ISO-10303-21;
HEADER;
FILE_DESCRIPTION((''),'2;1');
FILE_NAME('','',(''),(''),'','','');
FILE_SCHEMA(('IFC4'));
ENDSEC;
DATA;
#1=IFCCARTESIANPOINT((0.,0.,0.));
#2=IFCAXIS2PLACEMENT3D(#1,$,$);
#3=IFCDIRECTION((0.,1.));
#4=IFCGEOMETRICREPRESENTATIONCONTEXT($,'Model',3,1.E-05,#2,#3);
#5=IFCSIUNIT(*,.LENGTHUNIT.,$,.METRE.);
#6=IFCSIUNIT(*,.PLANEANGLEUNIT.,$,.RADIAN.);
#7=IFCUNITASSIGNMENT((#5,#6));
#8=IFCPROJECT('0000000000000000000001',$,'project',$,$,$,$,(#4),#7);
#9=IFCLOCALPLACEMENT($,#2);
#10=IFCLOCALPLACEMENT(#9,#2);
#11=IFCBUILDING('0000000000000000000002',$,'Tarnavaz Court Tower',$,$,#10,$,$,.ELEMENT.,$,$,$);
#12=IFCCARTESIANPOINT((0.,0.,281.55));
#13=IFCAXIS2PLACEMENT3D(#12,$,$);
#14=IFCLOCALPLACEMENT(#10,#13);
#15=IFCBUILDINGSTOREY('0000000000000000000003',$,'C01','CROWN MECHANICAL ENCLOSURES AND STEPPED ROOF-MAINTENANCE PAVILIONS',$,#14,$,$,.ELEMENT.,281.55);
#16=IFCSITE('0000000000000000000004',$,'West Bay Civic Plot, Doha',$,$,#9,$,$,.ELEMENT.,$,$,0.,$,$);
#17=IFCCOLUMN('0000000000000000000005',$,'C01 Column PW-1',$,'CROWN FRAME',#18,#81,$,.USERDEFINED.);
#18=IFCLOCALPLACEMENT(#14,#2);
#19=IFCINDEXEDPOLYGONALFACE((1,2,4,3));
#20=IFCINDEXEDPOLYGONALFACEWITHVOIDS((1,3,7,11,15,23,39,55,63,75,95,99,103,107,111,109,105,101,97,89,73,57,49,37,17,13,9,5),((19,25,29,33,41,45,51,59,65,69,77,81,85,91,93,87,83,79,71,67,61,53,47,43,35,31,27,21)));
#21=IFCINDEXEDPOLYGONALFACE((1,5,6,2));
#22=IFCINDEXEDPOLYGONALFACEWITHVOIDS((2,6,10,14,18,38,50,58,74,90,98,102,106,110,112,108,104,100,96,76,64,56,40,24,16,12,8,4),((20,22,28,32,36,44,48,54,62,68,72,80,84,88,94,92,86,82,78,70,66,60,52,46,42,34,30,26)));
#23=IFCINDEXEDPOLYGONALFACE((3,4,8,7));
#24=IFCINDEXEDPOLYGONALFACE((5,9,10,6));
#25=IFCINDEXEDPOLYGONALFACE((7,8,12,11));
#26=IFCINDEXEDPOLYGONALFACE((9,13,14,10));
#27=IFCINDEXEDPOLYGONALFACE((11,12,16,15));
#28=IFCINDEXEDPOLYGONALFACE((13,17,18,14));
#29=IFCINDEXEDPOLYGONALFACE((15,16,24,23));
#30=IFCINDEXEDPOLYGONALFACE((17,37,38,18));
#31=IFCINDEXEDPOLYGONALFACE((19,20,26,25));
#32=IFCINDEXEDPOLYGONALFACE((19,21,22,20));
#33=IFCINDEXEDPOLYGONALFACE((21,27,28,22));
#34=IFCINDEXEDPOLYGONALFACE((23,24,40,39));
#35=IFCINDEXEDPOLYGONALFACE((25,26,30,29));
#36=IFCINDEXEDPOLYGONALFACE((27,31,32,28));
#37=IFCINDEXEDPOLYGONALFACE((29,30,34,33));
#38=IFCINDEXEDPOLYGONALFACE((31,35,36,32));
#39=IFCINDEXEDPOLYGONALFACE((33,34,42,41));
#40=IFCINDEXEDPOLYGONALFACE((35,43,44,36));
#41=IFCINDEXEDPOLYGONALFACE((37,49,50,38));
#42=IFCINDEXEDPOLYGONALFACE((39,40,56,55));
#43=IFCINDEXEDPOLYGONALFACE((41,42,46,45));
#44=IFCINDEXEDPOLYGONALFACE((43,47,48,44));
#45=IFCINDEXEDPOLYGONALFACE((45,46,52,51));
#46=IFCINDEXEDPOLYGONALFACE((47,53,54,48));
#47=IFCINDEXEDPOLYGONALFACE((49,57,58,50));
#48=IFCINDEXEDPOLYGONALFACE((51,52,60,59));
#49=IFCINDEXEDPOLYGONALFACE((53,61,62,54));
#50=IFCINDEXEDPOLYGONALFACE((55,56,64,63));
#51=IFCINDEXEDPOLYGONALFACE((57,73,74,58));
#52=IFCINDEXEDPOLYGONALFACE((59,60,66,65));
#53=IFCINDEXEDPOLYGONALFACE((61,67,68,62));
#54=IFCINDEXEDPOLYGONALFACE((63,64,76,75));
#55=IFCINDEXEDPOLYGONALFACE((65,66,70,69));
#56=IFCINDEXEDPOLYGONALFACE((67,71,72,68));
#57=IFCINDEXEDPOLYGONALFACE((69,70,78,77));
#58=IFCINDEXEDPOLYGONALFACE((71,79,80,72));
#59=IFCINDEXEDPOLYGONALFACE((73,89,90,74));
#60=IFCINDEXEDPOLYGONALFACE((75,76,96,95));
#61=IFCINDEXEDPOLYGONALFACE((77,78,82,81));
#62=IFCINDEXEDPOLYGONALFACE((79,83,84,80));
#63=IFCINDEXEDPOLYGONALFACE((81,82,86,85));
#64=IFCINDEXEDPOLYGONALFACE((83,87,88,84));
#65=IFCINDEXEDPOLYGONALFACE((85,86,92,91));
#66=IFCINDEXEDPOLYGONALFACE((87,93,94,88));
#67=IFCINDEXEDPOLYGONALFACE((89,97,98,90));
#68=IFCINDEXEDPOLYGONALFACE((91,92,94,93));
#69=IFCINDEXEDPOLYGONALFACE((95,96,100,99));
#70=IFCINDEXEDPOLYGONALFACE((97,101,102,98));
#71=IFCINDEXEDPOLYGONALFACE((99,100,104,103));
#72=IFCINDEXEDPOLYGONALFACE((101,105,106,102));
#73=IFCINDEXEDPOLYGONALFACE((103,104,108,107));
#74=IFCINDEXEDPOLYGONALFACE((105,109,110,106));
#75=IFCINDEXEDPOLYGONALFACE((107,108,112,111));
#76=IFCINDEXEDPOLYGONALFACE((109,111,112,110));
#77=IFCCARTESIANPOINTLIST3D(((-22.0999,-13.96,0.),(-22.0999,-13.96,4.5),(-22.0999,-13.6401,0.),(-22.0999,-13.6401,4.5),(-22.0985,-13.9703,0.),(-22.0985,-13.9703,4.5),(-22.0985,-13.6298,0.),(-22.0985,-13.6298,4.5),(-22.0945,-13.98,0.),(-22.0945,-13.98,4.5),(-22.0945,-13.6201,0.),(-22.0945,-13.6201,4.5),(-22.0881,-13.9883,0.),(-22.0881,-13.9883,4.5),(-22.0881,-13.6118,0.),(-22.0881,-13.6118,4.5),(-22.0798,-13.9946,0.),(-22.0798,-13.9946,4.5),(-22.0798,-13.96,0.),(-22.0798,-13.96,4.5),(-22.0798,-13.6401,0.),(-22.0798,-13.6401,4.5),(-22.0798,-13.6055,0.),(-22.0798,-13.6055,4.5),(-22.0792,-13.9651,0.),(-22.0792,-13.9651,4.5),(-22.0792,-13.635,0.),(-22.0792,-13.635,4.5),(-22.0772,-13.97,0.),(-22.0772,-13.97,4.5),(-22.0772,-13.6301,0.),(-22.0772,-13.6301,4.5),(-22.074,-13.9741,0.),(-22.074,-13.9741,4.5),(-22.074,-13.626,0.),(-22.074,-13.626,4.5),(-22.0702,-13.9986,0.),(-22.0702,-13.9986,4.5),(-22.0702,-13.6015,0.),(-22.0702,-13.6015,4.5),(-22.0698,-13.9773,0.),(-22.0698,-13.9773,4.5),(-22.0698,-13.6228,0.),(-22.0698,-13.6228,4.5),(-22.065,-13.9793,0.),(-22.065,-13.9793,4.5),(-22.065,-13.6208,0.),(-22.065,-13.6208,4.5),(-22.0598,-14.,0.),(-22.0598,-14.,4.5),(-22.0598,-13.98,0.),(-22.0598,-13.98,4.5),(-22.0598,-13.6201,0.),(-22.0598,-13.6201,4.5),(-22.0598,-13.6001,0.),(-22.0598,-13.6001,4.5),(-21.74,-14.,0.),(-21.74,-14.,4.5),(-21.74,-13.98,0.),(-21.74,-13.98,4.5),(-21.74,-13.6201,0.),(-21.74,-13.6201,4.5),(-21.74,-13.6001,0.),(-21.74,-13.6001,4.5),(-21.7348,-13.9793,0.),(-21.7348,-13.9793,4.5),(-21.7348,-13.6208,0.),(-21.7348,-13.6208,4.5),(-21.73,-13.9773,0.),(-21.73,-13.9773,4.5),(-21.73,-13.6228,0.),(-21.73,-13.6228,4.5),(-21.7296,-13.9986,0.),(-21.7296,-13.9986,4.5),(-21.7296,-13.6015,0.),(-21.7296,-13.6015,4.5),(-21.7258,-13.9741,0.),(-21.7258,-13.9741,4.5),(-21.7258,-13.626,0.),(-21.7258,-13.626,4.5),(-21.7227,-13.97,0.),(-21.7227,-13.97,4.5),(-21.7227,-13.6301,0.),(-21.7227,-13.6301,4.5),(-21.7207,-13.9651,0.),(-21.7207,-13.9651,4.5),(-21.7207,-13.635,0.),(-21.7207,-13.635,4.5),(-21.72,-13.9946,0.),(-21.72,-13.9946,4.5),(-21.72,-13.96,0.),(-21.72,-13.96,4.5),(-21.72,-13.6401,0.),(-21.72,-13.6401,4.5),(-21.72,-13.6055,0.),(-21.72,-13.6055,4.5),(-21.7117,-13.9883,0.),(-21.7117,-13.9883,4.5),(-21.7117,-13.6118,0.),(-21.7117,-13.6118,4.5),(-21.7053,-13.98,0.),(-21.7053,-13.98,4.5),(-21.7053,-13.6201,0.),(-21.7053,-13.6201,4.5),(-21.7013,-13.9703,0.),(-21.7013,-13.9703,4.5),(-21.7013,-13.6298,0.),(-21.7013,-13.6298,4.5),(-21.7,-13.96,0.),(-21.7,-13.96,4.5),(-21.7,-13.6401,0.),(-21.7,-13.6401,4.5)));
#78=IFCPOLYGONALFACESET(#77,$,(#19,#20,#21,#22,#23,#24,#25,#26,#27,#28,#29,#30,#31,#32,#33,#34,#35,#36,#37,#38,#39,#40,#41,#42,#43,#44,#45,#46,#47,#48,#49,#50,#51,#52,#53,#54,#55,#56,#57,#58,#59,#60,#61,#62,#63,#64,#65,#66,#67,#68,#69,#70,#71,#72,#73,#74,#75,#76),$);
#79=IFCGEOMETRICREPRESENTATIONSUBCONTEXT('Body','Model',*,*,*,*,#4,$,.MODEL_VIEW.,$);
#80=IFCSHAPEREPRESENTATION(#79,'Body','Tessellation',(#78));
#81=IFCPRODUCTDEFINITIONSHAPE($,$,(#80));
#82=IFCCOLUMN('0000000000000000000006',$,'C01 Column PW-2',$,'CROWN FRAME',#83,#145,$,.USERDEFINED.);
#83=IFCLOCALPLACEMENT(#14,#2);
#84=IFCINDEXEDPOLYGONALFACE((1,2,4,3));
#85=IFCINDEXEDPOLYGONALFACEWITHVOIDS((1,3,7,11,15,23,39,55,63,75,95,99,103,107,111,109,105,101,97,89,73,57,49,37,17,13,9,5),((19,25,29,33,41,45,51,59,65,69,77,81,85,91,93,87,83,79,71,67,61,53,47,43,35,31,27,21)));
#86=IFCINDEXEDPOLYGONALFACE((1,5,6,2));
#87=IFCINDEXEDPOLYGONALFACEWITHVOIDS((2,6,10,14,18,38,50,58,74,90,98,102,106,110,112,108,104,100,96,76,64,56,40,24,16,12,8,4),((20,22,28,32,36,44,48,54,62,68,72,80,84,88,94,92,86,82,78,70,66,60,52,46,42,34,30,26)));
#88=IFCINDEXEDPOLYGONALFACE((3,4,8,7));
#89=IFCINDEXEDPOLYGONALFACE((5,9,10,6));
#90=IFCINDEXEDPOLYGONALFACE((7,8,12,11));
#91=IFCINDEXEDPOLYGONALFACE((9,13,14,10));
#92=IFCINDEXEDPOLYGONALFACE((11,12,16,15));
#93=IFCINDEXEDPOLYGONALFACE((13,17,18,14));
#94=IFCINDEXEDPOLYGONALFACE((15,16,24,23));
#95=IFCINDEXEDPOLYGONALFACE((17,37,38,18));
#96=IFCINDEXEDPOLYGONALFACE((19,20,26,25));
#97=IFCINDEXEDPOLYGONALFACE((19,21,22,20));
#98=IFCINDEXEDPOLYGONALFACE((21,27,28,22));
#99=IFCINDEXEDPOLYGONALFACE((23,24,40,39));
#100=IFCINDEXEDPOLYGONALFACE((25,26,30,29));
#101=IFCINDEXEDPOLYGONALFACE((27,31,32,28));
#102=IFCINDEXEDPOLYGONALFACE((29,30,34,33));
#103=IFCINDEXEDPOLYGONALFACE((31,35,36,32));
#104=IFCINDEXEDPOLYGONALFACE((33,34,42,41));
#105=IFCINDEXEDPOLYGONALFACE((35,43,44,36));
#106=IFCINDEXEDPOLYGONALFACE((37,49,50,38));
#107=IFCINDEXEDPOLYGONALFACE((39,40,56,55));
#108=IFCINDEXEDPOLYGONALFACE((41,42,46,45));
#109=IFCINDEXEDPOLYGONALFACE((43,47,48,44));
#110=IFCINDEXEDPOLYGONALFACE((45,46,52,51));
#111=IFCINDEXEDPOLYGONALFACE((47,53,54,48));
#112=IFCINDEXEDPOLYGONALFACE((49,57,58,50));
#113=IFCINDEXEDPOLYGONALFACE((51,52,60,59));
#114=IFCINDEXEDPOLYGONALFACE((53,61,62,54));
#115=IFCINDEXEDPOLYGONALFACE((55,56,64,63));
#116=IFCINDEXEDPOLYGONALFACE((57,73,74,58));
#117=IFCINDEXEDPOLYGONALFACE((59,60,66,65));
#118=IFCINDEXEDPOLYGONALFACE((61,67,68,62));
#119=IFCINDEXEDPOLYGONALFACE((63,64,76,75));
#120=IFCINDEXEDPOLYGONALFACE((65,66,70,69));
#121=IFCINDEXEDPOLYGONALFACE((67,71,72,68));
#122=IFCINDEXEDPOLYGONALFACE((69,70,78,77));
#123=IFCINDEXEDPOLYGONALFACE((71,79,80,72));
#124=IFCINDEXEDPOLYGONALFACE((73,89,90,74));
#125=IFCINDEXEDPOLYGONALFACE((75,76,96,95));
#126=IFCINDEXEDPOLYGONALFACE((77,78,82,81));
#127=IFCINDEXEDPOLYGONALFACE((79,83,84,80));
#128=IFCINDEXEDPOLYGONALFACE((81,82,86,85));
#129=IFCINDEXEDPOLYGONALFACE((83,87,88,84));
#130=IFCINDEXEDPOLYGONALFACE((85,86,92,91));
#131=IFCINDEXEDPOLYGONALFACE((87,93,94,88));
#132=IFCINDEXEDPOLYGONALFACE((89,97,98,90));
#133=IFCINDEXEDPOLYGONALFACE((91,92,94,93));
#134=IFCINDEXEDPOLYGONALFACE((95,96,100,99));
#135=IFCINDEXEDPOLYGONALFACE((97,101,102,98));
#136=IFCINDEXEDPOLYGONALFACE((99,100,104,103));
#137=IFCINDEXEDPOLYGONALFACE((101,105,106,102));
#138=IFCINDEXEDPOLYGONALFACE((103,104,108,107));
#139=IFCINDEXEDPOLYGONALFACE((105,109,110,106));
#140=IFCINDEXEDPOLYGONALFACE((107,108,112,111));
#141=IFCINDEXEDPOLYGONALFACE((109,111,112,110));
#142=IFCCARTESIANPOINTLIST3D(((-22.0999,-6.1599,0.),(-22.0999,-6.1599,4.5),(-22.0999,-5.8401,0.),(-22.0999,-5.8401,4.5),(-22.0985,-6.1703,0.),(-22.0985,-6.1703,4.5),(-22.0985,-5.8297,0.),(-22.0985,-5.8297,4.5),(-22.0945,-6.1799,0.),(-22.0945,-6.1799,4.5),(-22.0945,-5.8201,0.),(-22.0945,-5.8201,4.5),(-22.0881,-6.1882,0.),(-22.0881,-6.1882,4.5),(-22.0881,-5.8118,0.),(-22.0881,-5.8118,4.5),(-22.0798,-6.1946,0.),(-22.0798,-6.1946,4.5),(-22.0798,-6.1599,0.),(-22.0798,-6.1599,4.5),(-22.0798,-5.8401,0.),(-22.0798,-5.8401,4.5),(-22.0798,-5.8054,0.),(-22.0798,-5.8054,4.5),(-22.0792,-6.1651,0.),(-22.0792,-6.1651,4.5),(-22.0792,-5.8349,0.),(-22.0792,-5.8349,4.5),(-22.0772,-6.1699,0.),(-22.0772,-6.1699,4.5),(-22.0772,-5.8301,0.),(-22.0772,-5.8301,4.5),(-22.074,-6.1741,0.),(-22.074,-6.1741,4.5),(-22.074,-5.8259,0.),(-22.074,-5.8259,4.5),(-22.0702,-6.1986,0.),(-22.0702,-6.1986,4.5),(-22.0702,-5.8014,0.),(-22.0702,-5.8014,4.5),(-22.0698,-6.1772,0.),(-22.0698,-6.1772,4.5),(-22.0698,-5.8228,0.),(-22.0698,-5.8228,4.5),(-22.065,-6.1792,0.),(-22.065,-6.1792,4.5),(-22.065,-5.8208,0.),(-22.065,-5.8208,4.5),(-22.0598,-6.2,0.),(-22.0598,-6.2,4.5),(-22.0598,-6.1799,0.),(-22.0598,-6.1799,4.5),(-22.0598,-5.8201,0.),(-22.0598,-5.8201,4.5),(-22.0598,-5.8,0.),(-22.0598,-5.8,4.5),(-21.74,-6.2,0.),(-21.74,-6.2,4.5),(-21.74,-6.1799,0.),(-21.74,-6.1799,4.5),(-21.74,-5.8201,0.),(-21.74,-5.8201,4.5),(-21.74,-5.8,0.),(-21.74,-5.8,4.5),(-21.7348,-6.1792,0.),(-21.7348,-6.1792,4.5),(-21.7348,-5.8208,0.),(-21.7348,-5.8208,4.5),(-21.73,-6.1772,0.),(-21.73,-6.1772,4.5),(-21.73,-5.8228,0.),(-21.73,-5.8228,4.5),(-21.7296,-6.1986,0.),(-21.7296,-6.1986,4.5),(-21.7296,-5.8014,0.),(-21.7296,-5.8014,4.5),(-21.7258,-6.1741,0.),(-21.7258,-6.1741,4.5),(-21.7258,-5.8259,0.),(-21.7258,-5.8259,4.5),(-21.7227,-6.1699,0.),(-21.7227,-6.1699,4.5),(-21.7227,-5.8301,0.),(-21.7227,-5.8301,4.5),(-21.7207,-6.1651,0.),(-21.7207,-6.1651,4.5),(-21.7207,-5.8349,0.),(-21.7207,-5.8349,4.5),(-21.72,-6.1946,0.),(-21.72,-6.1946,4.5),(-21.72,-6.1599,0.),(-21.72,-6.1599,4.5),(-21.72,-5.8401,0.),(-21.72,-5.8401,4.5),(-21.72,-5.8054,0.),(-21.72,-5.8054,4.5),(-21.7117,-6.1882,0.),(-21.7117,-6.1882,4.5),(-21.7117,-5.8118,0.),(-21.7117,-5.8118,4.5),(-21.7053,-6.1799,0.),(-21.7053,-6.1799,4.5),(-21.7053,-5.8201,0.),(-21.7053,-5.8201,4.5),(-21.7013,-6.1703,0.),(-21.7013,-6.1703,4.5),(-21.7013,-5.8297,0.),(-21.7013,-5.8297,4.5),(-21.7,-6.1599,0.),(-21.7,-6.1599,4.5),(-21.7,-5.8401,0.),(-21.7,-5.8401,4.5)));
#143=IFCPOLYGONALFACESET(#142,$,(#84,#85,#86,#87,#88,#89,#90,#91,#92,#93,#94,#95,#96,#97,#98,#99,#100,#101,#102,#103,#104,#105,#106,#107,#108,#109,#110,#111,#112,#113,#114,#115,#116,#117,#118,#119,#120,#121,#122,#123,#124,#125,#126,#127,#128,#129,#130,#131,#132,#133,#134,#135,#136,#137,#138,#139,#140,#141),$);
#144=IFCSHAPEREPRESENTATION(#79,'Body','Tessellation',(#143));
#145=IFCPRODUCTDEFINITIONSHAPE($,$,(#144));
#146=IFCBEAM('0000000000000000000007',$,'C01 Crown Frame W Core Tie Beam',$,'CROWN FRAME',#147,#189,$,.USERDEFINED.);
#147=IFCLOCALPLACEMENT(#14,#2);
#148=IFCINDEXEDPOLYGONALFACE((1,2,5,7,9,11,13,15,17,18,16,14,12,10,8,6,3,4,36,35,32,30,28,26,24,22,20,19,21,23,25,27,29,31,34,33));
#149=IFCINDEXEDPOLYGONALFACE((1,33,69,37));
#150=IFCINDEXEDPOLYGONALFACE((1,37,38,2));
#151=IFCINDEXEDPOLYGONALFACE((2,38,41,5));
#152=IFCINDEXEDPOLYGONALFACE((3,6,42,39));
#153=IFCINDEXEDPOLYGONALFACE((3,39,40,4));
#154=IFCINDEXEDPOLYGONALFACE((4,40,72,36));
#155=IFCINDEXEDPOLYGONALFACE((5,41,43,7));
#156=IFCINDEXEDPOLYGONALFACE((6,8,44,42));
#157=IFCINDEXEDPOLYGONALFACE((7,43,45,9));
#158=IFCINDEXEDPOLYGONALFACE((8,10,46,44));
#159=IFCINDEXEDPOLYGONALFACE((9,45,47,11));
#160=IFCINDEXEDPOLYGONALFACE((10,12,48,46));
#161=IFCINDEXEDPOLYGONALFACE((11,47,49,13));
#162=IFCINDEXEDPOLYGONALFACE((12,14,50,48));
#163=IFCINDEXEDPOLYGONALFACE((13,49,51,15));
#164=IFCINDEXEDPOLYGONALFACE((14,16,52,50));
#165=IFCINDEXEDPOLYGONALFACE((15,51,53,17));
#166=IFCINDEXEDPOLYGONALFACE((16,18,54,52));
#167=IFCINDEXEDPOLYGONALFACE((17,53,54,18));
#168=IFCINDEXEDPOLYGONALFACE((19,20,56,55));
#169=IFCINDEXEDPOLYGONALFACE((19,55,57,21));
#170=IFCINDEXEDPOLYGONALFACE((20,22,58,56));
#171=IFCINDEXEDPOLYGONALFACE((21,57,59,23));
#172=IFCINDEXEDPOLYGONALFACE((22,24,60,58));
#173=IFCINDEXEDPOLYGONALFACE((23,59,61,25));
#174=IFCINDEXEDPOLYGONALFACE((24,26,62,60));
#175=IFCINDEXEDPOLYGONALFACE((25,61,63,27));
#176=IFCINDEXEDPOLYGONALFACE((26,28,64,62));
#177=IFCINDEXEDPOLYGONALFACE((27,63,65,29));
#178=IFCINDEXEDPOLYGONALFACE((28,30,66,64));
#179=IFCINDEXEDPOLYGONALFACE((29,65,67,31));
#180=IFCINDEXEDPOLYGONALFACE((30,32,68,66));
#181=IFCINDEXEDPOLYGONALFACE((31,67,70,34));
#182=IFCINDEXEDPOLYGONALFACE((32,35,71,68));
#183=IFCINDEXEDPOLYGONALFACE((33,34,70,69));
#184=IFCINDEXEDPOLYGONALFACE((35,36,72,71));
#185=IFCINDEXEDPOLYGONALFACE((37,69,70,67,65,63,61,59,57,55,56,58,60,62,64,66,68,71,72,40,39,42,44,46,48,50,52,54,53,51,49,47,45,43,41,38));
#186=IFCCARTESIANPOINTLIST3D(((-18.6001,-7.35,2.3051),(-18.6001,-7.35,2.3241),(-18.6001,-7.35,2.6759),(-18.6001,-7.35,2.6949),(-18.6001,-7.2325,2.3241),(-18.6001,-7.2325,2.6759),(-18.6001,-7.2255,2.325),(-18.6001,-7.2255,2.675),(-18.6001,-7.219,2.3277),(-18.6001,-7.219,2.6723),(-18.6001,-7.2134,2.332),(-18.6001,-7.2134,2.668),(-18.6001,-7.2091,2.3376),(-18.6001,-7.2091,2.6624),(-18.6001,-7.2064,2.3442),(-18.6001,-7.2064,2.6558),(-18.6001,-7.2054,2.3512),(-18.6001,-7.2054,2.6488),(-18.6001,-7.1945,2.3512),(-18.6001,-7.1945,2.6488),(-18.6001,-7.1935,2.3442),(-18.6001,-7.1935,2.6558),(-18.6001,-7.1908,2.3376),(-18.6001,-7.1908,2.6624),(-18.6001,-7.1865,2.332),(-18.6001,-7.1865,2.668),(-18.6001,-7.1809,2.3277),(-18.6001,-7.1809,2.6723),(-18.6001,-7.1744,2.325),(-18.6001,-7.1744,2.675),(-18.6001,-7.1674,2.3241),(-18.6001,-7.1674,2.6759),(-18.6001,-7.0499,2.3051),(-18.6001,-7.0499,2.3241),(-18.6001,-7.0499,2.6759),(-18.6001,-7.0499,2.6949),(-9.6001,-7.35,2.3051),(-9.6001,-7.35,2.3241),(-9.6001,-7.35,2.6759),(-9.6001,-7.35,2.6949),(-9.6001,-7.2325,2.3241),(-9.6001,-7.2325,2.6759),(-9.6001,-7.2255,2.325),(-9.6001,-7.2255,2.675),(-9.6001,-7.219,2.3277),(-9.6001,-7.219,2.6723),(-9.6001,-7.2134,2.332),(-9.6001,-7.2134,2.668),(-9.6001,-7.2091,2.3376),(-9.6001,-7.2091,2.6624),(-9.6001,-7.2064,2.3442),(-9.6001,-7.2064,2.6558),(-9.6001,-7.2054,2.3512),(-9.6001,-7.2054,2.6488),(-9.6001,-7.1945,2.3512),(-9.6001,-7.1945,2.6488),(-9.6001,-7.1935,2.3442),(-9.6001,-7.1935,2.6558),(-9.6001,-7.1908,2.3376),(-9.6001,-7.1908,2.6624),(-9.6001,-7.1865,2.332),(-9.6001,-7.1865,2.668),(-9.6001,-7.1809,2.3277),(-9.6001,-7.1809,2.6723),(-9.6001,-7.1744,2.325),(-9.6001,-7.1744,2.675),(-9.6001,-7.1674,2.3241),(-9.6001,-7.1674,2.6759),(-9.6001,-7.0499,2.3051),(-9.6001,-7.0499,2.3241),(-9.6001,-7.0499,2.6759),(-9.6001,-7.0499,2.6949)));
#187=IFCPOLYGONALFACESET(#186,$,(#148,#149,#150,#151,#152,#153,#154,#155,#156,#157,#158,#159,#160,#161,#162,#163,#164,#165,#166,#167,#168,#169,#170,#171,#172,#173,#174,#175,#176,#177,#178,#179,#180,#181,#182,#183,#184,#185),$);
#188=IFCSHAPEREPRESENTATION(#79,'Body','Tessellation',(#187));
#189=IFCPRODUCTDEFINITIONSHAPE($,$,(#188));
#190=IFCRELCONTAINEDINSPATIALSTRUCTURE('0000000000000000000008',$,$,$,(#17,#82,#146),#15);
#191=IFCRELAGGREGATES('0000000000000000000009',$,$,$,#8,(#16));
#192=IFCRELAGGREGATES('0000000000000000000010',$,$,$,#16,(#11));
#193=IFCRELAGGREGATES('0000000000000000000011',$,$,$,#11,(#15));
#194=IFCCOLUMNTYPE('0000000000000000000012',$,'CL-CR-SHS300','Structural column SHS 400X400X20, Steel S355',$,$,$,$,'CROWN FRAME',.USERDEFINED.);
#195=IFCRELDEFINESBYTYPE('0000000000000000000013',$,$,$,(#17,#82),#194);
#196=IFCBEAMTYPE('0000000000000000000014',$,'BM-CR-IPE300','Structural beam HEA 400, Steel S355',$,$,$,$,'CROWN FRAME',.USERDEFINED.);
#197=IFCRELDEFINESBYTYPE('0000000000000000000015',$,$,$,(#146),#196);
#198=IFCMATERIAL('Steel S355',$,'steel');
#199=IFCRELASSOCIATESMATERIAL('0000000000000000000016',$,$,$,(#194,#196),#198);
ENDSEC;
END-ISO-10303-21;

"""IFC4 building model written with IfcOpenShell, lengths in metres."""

from ifc_helpers import new_model, si_unit, direction, frame, origin, origin_2d, place, context, subcontext, project, spatial, hollow_rectangle, i_section, extrude, material, material_profile, profile_set, type_object, element, save


model = new_model("IFC4")

# Units and contexts
model_context = context("Model", 3, precision=1e-05, world=origin(), true_north=direction((0.0, 1.0)))
body_context = subcontext(model_context, "Body", "Model", "MODEL_VIEW")
ifc_project = project(units=[si_unit("LENGTHUNIT", "METRE"), si_unit("PLANEANGLEUNIT", "RADIAN")], contexts=[model_context])

# Site, building, storey
site_placement = place(None, origin())
site = spatial("IfcSite", under=ifc_project, at=site_placement, Name="West Bay Civic Plot, Doha", CompositionType="ELEMENT", RefElevation=0.0)
building_placement = place(site_placement, origin())
building = spatial("IfcBuilding", under=site, at=building_placement, Name="Tarnavaz Court Tower", CompositionType="ELEMENT")
storey_placement = place(building_placement, frame((0.0, 0.0, 281.55)))
storey = spatial("IfcBuildingStorey", under=building, at=storey_placement, Name="C01", Description="CROWN MECHANICAL ENCLOSURES AND STEPPED ROOF-MAINTENANCE PAVILIONS", CompositionType="ELEMENT", Elevation=281.55)

# Columns
ifc_material_1 = material(Name="Steel S355", Category="steel")
ifc_material_profile_1 = material_profile(ifc_material_1, hollow_rectangle(XDim=0.3999, YDim=0.3999, WallThickness=0.02, InnerFilletRadius=0.02, OuterFilletRadius=0.04, at=origin_2d()), Name="SHS 400X400X20")
ifc_profile_set_1 = profile_set([ifc_material_profile_1], Name="Steel S355")
column_type = type_object("IfcColumnType", Name="CL-CR-SHS300", Description="Structural column SHS 400X400X20, Steel S355", ElementType="CROWN FRAME", PredefinedType="USERDEFINED", material=ifc_profile_set_1)
for number, where, z_axis, x_axis, name in (
    (1, (-21.8999, -13.8, 0.0), (0.0, 0.0, 1.0), (1.0, 0.0, 0.0), "C01 Column PW-1"),
    (2, (-21.8999, -6.0, 0.0), (0.0, 0.0, 1.0), (1.0, 0.0, 0.0), "C01 Column PW-2"),
):
    element("IfcColumn", number, at=place(storey_placement, frame(where, z_axis=z_axis, x_axis=x_axis)), inside=storey, type_object=column_type, Name=name, ObjectType="CROWN FRAME", PredefinedType="USERDEFINED", context=body_context, shape_type="SweptSolid", body=[
        extrude(hollow_rectangle(XDim=0.3999, YDim=0.3999, WallThickness=0.02, InnerFilletRadius=0.02, OuterFilletRadius=0.04, at=origin_2d()), origin(), (0.0, 0.0, 1.0), 4.5),
    ])

# Beam
ifc_material_profile_2 = material_profile(ifc_material_1, i_section(OverallWidth=0.3, OverallDepth=0.3899, WebThickness=0.011, FlangeThickness=0.019, FilletRadius=0.0271, at=origin_2d()), Name="HEA 400")
ifc_profile_set_2 = profile_set([ifc_material_profile_2], Name="Steel S355")
beam_type_1 = type_object("IfcBeamType", Name="BM-CR-IPE300", Description="Structural beam HEA 400, Steel S355", ElementType="CROWN FRAME", PredefinedType="USERDEFINED", material=ifc_profile_set_2)
beam_1_placement = place(storey_placement, frame((-18.6001, -7.2, 2.5), z_axis=(1.0, 0.0, 0.0), x_axis=(0.0, 1.0, 0.0)))
element("IfcBeam", 3, at=beam_1_placement, inside=storey, type_object=beam_type_1, Name="C01 Crown Frame W Core Tie Beam", ObjectType="CROWN FRAME", PredefinedType="USERDEFINED", context=body_context, shape_type="SweptSolid", body=[
    extrude(i_section(OverallWidth=0.3, OverallDepth=0.3899, WebThickness=0.011, FlangeThickness=0.019, FilletRadius=0.0271, at=origin_2d()), origin(), (0.0, 0.0, 1.0), 9.0),
])

save(model, "model.ifc")
